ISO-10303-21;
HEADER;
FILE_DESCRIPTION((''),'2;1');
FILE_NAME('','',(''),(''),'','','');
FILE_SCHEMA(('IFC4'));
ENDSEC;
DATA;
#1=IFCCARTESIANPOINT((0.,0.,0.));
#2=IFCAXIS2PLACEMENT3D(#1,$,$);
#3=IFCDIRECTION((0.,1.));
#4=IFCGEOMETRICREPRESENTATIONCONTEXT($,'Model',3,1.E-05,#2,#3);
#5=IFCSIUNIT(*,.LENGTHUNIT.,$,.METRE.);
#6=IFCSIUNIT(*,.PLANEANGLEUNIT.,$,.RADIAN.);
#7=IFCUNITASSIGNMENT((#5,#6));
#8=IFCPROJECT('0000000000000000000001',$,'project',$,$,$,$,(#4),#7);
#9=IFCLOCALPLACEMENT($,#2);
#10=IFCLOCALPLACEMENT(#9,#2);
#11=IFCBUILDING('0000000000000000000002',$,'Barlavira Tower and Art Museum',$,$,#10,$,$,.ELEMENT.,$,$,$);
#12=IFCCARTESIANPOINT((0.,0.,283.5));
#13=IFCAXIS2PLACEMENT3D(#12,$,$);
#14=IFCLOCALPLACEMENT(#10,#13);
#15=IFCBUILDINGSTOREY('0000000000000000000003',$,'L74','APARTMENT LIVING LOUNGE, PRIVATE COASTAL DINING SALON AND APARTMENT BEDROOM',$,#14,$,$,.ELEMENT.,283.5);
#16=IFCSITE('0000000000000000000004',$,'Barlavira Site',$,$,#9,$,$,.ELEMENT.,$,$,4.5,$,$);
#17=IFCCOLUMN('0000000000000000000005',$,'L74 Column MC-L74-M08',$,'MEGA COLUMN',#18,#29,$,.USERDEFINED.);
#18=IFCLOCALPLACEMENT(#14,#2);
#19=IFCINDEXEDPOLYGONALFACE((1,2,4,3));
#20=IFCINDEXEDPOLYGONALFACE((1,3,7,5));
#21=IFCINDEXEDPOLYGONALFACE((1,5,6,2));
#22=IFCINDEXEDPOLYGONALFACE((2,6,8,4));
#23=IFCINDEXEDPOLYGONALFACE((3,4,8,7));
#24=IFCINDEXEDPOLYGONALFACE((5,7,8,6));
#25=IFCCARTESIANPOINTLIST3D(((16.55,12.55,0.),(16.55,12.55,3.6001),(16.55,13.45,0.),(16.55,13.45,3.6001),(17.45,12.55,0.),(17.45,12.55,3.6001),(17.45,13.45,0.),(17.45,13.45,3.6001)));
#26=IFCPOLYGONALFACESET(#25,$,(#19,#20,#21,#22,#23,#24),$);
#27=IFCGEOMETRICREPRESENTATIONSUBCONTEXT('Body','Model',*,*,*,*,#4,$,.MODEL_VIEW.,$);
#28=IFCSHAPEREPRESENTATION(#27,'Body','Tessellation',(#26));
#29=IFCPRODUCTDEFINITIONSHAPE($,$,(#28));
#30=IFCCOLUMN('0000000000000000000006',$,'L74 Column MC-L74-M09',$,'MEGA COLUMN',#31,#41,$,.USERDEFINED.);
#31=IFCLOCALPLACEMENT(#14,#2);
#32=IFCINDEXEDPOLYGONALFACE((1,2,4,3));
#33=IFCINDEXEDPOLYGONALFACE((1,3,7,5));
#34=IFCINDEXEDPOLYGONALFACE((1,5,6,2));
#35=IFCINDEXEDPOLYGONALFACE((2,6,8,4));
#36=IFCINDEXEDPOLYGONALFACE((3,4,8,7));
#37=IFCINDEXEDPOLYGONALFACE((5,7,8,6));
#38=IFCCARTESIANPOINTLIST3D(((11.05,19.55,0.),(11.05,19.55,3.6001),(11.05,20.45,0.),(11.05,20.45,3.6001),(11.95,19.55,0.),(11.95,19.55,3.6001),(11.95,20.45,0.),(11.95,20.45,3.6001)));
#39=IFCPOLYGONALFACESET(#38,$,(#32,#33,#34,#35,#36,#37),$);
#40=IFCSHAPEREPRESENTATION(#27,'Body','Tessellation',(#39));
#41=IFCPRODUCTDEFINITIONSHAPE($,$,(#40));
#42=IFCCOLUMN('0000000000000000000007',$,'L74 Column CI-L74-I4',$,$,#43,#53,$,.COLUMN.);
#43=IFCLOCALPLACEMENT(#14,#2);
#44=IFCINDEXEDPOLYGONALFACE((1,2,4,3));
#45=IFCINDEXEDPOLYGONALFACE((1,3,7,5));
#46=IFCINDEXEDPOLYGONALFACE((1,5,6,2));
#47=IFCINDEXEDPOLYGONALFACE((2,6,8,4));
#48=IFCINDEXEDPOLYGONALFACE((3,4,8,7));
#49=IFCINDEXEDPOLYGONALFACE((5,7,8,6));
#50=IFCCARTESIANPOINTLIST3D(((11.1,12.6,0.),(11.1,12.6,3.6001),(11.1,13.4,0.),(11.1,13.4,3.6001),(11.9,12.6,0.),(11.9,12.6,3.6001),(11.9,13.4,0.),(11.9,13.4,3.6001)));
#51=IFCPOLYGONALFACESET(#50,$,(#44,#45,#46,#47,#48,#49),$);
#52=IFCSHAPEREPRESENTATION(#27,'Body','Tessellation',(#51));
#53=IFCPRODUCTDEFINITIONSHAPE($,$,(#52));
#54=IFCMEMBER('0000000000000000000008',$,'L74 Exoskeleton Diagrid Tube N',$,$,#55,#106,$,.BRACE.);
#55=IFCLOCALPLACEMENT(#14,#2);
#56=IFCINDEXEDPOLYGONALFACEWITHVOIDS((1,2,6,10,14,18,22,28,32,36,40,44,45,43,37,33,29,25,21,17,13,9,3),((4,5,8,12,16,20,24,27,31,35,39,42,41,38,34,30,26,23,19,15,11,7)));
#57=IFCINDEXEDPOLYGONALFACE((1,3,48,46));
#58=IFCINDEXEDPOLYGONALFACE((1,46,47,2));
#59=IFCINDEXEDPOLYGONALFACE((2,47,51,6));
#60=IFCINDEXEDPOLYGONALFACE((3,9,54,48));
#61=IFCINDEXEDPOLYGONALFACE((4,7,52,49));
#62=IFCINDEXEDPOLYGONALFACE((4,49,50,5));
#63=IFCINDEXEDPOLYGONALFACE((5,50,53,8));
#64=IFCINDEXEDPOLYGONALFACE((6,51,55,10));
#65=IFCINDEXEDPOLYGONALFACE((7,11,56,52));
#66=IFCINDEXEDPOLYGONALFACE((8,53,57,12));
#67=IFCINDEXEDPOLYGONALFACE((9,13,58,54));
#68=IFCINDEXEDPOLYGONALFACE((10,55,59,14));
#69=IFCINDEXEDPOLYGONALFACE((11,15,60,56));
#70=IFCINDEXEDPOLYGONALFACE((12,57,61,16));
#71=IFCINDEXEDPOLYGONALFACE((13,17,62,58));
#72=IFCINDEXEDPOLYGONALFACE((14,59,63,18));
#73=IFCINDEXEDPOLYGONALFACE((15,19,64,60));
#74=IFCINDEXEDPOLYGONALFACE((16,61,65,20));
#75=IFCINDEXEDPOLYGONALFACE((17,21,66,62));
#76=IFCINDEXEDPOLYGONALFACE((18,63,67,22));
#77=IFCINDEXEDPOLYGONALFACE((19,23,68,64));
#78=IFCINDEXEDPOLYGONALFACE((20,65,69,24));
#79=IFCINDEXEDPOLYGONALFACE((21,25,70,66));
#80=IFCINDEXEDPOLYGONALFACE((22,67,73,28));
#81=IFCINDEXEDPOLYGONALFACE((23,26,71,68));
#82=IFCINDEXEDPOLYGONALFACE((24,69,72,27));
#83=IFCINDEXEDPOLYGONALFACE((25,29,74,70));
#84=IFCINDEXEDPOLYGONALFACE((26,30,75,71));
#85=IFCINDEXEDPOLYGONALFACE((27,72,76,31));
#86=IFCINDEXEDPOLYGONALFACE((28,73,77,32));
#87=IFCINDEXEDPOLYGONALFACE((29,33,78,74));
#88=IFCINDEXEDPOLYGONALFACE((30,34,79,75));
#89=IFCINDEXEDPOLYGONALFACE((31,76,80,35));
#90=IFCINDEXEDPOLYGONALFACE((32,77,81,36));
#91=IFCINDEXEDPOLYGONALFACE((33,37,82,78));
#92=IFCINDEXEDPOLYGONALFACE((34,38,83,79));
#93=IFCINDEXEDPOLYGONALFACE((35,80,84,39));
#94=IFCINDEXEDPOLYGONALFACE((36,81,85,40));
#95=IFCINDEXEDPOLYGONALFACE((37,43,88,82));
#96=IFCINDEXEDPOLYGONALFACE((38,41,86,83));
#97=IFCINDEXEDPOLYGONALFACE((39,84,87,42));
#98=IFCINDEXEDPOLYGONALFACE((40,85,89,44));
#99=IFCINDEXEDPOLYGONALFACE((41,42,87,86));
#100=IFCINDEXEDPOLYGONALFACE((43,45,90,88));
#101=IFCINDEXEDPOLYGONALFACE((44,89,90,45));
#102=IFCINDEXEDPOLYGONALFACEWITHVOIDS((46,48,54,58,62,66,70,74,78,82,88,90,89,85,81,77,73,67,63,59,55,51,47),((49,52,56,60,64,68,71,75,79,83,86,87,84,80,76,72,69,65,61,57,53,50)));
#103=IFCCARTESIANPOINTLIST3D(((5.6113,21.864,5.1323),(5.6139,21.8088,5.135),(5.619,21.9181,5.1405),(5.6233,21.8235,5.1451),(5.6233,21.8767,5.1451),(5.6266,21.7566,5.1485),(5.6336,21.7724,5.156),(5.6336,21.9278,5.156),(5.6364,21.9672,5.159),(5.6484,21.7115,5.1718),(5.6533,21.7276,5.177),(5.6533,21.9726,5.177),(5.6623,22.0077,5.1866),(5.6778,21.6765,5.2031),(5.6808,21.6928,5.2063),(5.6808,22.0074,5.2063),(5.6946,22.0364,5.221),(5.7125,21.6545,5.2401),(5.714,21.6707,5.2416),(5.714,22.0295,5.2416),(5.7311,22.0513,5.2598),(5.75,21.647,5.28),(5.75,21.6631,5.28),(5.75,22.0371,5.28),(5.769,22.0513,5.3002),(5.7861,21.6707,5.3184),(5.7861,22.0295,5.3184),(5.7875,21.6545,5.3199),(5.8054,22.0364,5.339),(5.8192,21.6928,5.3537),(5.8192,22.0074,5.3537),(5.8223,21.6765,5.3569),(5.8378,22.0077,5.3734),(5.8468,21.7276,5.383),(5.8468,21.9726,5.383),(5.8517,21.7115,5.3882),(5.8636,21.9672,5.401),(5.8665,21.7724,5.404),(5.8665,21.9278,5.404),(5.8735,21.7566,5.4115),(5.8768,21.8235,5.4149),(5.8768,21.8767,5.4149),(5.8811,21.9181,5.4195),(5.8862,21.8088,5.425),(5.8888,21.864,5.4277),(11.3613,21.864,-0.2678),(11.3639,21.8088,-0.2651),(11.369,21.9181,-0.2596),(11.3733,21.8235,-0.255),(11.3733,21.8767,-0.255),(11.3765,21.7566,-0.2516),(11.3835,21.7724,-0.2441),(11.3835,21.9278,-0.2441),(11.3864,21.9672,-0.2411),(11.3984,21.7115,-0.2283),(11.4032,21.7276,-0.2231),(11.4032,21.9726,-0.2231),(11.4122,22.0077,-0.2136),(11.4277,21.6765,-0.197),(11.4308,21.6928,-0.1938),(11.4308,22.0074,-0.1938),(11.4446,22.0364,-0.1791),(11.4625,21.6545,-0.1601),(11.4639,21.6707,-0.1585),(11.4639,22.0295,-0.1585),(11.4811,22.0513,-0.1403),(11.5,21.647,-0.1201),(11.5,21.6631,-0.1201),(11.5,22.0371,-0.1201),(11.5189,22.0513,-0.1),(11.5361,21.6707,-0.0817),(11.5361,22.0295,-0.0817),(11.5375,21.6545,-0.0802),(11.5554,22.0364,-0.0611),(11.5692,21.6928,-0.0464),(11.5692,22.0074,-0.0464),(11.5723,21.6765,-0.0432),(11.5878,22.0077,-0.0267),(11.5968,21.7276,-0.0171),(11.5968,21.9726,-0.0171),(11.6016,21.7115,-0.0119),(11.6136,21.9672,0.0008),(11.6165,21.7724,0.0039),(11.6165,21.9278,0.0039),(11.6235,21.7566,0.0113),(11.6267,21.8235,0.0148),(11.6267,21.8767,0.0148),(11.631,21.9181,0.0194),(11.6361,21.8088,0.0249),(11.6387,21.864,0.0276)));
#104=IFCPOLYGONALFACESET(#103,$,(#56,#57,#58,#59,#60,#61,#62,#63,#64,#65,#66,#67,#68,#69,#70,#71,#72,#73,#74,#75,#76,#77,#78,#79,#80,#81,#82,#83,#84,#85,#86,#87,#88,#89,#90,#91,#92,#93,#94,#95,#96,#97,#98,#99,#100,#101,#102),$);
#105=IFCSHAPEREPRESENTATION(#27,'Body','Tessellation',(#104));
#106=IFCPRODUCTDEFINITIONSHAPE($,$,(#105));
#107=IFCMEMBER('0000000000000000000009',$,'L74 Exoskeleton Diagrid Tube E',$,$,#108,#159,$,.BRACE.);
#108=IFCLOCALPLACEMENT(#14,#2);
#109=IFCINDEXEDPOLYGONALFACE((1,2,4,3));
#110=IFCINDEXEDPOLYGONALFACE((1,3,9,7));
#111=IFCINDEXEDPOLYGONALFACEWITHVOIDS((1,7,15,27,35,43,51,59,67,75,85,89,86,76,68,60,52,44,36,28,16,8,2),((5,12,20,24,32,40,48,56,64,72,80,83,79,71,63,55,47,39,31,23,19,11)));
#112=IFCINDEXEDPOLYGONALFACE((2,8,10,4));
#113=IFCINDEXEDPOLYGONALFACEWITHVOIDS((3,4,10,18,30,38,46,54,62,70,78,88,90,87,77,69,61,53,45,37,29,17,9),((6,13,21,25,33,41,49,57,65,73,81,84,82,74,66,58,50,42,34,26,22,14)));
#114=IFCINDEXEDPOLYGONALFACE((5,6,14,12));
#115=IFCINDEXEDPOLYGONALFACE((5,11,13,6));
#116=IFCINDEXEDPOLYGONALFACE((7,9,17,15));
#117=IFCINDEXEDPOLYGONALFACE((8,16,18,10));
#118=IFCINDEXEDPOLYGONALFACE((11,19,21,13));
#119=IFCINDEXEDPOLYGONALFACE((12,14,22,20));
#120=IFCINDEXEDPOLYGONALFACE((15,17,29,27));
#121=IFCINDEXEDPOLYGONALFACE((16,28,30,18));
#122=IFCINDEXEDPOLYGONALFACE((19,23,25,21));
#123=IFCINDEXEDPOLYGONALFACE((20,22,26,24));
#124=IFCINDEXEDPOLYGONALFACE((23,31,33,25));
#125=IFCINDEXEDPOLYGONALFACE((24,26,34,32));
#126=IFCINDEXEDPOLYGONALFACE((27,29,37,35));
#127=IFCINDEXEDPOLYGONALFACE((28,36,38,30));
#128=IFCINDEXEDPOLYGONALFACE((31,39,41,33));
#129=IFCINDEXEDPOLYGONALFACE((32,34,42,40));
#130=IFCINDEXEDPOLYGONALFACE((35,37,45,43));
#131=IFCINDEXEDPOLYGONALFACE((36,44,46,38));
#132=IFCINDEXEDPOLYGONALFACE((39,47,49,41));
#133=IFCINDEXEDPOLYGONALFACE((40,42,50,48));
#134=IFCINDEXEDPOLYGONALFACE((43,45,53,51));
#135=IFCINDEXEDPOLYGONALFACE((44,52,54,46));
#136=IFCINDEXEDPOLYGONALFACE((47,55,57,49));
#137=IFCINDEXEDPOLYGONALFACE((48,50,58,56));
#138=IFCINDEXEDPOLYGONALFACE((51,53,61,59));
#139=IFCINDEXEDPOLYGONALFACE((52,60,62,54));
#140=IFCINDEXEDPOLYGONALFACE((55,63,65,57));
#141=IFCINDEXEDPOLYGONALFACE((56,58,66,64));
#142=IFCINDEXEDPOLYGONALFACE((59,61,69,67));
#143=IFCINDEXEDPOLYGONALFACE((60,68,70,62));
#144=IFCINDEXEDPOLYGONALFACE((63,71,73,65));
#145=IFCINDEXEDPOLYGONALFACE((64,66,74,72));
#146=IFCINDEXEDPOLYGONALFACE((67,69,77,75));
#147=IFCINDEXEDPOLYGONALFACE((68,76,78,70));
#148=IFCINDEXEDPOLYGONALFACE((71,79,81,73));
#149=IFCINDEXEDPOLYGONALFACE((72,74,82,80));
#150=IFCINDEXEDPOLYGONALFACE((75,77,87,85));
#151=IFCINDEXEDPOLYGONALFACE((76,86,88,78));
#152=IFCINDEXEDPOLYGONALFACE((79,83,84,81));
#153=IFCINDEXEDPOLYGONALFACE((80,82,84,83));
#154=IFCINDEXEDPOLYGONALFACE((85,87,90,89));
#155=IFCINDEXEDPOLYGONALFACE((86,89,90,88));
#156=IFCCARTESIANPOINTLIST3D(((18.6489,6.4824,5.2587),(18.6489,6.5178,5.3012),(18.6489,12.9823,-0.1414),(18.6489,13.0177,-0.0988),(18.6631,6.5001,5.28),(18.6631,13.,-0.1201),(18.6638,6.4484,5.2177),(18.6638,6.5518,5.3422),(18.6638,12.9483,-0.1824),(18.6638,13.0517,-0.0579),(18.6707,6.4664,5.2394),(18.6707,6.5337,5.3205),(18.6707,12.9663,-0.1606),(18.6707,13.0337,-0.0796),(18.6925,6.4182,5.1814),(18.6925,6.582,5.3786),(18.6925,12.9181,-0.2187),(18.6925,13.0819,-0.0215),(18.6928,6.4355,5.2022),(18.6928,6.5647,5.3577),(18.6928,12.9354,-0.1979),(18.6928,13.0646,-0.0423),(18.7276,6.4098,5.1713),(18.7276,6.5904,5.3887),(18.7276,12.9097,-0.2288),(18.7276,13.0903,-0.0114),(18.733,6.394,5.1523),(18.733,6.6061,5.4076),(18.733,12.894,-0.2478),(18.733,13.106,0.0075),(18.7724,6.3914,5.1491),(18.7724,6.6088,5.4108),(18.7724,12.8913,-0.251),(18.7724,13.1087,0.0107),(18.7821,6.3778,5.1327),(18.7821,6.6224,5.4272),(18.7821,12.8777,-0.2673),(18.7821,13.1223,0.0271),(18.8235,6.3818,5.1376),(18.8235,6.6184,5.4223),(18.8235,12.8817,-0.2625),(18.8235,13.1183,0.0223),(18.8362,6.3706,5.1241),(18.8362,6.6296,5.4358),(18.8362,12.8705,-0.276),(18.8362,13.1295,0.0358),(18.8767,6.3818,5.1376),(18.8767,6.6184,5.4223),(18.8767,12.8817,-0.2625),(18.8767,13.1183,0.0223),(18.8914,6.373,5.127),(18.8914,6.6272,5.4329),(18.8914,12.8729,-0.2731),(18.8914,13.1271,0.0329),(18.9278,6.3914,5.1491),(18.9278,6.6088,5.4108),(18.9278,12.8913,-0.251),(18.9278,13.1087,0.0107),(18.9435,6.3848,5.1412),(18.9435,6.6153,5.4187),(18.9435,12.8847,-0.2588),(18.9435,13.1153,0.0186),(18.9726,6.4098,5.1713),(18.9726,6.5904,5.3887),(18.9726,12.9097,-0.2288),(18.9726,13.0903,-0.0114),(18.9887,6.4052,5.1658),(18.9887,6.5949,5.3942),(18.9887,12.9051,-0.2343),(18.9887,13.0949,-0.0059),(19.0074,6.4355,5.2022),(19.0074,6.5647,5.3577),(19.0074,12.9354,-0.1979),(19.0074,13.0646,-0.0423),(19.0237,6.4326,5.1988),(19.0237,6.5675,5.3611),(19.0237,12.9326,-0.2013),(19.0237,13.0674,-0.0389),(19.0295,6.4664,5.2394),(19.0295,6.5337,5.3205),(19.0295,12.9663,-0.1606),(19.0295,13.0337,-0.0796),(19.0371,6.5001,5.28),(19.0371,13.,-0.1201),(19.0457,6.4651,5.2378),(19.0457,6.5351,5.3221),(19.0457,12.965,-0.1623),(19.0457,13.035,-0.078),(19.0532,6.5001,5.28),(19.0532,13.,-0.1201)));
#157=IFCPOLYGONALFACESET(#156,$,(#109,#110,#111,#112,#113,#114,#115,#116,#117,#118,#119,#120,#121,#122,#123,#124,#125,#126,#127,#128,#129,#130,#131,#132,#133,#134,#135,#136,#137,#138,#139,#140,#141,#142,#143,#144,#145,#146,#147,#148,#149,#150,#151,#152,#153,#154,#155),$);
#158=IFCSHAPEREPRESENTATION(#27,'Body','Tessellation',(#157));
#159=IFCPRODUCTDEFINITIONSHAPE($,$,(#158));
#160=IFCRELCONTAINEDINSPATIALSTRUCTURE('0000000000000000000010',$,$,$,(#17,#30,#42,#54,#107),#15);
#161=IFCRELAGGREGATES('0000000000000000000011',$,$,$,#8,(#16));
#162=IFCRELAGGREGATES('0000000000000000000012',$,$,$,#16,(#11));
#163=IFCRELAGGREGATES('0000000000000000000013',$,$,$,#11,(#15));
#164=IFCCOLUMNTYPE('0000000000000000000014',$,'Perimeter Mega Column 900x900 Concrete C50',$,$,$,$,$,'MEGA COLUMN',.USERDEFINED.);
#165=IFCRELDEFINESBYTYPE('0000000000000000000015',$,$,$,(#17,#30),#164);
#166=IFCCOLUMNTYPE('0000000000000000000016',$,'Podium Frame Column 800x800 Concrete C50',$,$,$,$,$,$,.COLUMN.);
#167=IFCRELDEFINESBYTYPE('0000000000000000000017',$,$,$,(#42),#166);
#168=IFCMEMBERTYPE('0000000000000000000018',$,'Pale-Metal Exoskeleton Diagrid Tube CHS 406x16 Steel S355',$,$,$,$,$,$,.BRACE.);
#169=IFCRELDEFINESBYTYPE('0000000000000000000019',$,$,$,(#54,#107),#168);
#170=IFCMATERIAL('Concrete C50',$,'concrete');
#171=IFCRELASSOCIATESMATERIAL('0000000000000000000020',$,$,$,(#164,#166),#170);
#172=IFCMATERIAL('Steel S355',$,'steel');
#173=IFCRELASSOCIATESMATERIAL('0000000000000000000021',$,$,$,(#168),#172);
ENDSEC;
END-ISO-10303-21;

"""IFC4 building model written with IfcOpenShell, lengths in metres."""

from ifc_helpers import new_model, si_unit, direction, frame, origin, origin_2d, place, context, subcontext, project, spatial, rectangle, hollow_circle, extrude, material, material_profile, profile_set, type_object, element, save


model = new_model("IFC4")

# Units and contexts
model_context = context("Model", 3, precision=1e-05, world=origin(), true_north=direction((0.0, 1.0)))
body_context = subcontext(model_context, "Body", "Model", "MODEL_VIEW")
ifc_project = project(units=[si_unit("LENGTHUNIT", "METRE"), si_unit("PLANEANGLEUNIT", "RADIAN")], contexts=[model_context])

# Site, building, storey
site_placement = place(None, origin())
site = spatial("IfcSite", under=ifc_project, at=site_placement, Name="Barlavira Site", CompositionType="ELEMENT", RefElevation=4.5)
building_placement = place(site_placement, origin())
building = spatial("IfcBuilding", under=site, at=building_placement, Name="Barlavira Tower and Art Museum", CompositionType="ELEMENT")
storey_placement = place(building_placement, frame((0.0, 0.0, 283.5)))
storey = spatial("IfcBuildingStorey", under=building, at=storey_placement, Name="L74", Description="APARTMENT LIVING LOUNGE, PRIVATE COASTAL DINING SALON AND APARTMENT BEDROOM", CompositionType="ELEMENT", Elevation=283.5)

# Columns
ifc_material_1 = material(Name="Concrete C50", Category="concrete")
ifc_material_profile_1 = material_profile(ifc_material_1, rectangle(XDim=0.8999, YDim=0.8999, at=origin_2d()), Name="RC-COL 900x900")
ifc_profile_set_1 = profile_set([ifc_material_profile_1], Name="Concrete C50")
column_type_1 = type_object("IfcColumnType", Name="Perimeter Mega Column 900x900 Concrete C50", ElementType="MEGA COLUMN", PredefinedType="USERDEFINED", material=ifc_profile_set_1)
for number, where, z_axis, x_axis, name in (
    (1, (17.0, 13.0, 0.0), (0.0, 0.0, 1.0), (1.0, 0.0, 0.0), "L74 Column MC-L74-M08"),
    (2, (11.5, 20.0, 0.0), (0.0, 0.0, 1.0), (1.0, 0.0, 0.0), "L74 Column MC-L74-M09"),
):
    element("IfcColumn", number, at=place(storey_placement, frame(where, z_axis=z_axis, x_axis=x_axis)), inside=storey, type_object=column_type_1, Name=name, ObjectType="MEGA COLUMN", PredefinedType="USERDEFINED", context=body_context, shape_type="SweptSolid", body=[
        extrude(rectangle(XDim=0.8999, YDim=0.8999, at=origin_2d()), origin(), (0.0, 0.0, 1.0), 3.6001),
    ])
ifc_material_profile_2 = material_profile(ifc_material_1, rectangle(XDim=0.8, YDim=0.8, at=origin_2d()), Name="RC-COL 800x800")
ifc_profile_set_2 = profile_set([ifc_material_profile_2], Name="Concrete C50")
column_type_2 = type_object("IfcColumnType", Name="Podium Frame Column 800x800 Concrete C50", PredefinedType="COLUMN", material=ifc_profile_set_2)
column_placement = place(storey_placement, frame((11.5, 13.0, 0.0), z_axis=(0.0, 0.0, 1.0), x_axis=(1.0, 0.0, 0.0)))
element("IfcColumn", 3, at=column_placement, inside=storey, type_object=column_type_2, Name="L74 Column CI-L74-I4", PredefinedType="COLUMN", context=body_context, shape_type="SweptSolid", body=[
    extrude(rectangle(XDim=0.8, YDim=0.8, at=origin_2d()), origin(), (0.0, 0.0, 1.0), 3.6001),
])

# Members
ifc_material_2 = material(Name="Steel S355", Category="steel")
ifc_material_profile_3 = material_profile(ifc_material_2, hollow_circle(Radius=0.2031, WallThickness=0.0161, at=origin_2d()), Name="CHS 406.4x16.0")
ifc_profile_set_3 = profile_set([ifc_material_profile_3], Name="Steel S355")
member_type_1 = type_object("IfcMemberType", Name="Pale-Metal Exoskeleton Diagrid Tube CHS 406x16 Steel S355", PredefinedType="BRACE", material=ifc_profile_set_3)
member_1_placement = place(storey_placement, frame((11.5, 21.8501, -0.1201), z_axis=(-0.728935, 0.0, 0.684583), x_axis=(0.0, -1.0, 0.0)))
element("IfcMember", 4, at=member_1_placement, inside=storey, type_object=member_type_1, Name="L74 Exoskeleton Diagrid Tube N", PredefinedType="BRACE", context=body_context, shape_type="SweptSolid", body=[
    extrude(hollow_circle(Radius=0.2031, WallThickness=0.0161, at=origin_2d()), origin(), (0.0, 0.0, 1.0), 7.8882),
])
member_2_placement = place(storey_placement, frame((18.8501, 13.0, -0.1201), z_axis=(0.0, -0.769182, 0.63903), x_axis=(1.0, 0.0, 0.0)))
element("IfcMember", 5, at=member_2_placement, inside=storey, type_object=member_type_1, Name="L74 Exoskeleton Diagrid Tube E", PredefinedType="BRACE", context=body_context, shape_type="SweptSolid", body=[
    extrude(hollow_circle(Radius=0.2031, WallThickness=0.0161, at=origin_2d()), origin(), (0.0, 0.0, 1.0), 8.4504),
])

save(model, "model.ifc")
